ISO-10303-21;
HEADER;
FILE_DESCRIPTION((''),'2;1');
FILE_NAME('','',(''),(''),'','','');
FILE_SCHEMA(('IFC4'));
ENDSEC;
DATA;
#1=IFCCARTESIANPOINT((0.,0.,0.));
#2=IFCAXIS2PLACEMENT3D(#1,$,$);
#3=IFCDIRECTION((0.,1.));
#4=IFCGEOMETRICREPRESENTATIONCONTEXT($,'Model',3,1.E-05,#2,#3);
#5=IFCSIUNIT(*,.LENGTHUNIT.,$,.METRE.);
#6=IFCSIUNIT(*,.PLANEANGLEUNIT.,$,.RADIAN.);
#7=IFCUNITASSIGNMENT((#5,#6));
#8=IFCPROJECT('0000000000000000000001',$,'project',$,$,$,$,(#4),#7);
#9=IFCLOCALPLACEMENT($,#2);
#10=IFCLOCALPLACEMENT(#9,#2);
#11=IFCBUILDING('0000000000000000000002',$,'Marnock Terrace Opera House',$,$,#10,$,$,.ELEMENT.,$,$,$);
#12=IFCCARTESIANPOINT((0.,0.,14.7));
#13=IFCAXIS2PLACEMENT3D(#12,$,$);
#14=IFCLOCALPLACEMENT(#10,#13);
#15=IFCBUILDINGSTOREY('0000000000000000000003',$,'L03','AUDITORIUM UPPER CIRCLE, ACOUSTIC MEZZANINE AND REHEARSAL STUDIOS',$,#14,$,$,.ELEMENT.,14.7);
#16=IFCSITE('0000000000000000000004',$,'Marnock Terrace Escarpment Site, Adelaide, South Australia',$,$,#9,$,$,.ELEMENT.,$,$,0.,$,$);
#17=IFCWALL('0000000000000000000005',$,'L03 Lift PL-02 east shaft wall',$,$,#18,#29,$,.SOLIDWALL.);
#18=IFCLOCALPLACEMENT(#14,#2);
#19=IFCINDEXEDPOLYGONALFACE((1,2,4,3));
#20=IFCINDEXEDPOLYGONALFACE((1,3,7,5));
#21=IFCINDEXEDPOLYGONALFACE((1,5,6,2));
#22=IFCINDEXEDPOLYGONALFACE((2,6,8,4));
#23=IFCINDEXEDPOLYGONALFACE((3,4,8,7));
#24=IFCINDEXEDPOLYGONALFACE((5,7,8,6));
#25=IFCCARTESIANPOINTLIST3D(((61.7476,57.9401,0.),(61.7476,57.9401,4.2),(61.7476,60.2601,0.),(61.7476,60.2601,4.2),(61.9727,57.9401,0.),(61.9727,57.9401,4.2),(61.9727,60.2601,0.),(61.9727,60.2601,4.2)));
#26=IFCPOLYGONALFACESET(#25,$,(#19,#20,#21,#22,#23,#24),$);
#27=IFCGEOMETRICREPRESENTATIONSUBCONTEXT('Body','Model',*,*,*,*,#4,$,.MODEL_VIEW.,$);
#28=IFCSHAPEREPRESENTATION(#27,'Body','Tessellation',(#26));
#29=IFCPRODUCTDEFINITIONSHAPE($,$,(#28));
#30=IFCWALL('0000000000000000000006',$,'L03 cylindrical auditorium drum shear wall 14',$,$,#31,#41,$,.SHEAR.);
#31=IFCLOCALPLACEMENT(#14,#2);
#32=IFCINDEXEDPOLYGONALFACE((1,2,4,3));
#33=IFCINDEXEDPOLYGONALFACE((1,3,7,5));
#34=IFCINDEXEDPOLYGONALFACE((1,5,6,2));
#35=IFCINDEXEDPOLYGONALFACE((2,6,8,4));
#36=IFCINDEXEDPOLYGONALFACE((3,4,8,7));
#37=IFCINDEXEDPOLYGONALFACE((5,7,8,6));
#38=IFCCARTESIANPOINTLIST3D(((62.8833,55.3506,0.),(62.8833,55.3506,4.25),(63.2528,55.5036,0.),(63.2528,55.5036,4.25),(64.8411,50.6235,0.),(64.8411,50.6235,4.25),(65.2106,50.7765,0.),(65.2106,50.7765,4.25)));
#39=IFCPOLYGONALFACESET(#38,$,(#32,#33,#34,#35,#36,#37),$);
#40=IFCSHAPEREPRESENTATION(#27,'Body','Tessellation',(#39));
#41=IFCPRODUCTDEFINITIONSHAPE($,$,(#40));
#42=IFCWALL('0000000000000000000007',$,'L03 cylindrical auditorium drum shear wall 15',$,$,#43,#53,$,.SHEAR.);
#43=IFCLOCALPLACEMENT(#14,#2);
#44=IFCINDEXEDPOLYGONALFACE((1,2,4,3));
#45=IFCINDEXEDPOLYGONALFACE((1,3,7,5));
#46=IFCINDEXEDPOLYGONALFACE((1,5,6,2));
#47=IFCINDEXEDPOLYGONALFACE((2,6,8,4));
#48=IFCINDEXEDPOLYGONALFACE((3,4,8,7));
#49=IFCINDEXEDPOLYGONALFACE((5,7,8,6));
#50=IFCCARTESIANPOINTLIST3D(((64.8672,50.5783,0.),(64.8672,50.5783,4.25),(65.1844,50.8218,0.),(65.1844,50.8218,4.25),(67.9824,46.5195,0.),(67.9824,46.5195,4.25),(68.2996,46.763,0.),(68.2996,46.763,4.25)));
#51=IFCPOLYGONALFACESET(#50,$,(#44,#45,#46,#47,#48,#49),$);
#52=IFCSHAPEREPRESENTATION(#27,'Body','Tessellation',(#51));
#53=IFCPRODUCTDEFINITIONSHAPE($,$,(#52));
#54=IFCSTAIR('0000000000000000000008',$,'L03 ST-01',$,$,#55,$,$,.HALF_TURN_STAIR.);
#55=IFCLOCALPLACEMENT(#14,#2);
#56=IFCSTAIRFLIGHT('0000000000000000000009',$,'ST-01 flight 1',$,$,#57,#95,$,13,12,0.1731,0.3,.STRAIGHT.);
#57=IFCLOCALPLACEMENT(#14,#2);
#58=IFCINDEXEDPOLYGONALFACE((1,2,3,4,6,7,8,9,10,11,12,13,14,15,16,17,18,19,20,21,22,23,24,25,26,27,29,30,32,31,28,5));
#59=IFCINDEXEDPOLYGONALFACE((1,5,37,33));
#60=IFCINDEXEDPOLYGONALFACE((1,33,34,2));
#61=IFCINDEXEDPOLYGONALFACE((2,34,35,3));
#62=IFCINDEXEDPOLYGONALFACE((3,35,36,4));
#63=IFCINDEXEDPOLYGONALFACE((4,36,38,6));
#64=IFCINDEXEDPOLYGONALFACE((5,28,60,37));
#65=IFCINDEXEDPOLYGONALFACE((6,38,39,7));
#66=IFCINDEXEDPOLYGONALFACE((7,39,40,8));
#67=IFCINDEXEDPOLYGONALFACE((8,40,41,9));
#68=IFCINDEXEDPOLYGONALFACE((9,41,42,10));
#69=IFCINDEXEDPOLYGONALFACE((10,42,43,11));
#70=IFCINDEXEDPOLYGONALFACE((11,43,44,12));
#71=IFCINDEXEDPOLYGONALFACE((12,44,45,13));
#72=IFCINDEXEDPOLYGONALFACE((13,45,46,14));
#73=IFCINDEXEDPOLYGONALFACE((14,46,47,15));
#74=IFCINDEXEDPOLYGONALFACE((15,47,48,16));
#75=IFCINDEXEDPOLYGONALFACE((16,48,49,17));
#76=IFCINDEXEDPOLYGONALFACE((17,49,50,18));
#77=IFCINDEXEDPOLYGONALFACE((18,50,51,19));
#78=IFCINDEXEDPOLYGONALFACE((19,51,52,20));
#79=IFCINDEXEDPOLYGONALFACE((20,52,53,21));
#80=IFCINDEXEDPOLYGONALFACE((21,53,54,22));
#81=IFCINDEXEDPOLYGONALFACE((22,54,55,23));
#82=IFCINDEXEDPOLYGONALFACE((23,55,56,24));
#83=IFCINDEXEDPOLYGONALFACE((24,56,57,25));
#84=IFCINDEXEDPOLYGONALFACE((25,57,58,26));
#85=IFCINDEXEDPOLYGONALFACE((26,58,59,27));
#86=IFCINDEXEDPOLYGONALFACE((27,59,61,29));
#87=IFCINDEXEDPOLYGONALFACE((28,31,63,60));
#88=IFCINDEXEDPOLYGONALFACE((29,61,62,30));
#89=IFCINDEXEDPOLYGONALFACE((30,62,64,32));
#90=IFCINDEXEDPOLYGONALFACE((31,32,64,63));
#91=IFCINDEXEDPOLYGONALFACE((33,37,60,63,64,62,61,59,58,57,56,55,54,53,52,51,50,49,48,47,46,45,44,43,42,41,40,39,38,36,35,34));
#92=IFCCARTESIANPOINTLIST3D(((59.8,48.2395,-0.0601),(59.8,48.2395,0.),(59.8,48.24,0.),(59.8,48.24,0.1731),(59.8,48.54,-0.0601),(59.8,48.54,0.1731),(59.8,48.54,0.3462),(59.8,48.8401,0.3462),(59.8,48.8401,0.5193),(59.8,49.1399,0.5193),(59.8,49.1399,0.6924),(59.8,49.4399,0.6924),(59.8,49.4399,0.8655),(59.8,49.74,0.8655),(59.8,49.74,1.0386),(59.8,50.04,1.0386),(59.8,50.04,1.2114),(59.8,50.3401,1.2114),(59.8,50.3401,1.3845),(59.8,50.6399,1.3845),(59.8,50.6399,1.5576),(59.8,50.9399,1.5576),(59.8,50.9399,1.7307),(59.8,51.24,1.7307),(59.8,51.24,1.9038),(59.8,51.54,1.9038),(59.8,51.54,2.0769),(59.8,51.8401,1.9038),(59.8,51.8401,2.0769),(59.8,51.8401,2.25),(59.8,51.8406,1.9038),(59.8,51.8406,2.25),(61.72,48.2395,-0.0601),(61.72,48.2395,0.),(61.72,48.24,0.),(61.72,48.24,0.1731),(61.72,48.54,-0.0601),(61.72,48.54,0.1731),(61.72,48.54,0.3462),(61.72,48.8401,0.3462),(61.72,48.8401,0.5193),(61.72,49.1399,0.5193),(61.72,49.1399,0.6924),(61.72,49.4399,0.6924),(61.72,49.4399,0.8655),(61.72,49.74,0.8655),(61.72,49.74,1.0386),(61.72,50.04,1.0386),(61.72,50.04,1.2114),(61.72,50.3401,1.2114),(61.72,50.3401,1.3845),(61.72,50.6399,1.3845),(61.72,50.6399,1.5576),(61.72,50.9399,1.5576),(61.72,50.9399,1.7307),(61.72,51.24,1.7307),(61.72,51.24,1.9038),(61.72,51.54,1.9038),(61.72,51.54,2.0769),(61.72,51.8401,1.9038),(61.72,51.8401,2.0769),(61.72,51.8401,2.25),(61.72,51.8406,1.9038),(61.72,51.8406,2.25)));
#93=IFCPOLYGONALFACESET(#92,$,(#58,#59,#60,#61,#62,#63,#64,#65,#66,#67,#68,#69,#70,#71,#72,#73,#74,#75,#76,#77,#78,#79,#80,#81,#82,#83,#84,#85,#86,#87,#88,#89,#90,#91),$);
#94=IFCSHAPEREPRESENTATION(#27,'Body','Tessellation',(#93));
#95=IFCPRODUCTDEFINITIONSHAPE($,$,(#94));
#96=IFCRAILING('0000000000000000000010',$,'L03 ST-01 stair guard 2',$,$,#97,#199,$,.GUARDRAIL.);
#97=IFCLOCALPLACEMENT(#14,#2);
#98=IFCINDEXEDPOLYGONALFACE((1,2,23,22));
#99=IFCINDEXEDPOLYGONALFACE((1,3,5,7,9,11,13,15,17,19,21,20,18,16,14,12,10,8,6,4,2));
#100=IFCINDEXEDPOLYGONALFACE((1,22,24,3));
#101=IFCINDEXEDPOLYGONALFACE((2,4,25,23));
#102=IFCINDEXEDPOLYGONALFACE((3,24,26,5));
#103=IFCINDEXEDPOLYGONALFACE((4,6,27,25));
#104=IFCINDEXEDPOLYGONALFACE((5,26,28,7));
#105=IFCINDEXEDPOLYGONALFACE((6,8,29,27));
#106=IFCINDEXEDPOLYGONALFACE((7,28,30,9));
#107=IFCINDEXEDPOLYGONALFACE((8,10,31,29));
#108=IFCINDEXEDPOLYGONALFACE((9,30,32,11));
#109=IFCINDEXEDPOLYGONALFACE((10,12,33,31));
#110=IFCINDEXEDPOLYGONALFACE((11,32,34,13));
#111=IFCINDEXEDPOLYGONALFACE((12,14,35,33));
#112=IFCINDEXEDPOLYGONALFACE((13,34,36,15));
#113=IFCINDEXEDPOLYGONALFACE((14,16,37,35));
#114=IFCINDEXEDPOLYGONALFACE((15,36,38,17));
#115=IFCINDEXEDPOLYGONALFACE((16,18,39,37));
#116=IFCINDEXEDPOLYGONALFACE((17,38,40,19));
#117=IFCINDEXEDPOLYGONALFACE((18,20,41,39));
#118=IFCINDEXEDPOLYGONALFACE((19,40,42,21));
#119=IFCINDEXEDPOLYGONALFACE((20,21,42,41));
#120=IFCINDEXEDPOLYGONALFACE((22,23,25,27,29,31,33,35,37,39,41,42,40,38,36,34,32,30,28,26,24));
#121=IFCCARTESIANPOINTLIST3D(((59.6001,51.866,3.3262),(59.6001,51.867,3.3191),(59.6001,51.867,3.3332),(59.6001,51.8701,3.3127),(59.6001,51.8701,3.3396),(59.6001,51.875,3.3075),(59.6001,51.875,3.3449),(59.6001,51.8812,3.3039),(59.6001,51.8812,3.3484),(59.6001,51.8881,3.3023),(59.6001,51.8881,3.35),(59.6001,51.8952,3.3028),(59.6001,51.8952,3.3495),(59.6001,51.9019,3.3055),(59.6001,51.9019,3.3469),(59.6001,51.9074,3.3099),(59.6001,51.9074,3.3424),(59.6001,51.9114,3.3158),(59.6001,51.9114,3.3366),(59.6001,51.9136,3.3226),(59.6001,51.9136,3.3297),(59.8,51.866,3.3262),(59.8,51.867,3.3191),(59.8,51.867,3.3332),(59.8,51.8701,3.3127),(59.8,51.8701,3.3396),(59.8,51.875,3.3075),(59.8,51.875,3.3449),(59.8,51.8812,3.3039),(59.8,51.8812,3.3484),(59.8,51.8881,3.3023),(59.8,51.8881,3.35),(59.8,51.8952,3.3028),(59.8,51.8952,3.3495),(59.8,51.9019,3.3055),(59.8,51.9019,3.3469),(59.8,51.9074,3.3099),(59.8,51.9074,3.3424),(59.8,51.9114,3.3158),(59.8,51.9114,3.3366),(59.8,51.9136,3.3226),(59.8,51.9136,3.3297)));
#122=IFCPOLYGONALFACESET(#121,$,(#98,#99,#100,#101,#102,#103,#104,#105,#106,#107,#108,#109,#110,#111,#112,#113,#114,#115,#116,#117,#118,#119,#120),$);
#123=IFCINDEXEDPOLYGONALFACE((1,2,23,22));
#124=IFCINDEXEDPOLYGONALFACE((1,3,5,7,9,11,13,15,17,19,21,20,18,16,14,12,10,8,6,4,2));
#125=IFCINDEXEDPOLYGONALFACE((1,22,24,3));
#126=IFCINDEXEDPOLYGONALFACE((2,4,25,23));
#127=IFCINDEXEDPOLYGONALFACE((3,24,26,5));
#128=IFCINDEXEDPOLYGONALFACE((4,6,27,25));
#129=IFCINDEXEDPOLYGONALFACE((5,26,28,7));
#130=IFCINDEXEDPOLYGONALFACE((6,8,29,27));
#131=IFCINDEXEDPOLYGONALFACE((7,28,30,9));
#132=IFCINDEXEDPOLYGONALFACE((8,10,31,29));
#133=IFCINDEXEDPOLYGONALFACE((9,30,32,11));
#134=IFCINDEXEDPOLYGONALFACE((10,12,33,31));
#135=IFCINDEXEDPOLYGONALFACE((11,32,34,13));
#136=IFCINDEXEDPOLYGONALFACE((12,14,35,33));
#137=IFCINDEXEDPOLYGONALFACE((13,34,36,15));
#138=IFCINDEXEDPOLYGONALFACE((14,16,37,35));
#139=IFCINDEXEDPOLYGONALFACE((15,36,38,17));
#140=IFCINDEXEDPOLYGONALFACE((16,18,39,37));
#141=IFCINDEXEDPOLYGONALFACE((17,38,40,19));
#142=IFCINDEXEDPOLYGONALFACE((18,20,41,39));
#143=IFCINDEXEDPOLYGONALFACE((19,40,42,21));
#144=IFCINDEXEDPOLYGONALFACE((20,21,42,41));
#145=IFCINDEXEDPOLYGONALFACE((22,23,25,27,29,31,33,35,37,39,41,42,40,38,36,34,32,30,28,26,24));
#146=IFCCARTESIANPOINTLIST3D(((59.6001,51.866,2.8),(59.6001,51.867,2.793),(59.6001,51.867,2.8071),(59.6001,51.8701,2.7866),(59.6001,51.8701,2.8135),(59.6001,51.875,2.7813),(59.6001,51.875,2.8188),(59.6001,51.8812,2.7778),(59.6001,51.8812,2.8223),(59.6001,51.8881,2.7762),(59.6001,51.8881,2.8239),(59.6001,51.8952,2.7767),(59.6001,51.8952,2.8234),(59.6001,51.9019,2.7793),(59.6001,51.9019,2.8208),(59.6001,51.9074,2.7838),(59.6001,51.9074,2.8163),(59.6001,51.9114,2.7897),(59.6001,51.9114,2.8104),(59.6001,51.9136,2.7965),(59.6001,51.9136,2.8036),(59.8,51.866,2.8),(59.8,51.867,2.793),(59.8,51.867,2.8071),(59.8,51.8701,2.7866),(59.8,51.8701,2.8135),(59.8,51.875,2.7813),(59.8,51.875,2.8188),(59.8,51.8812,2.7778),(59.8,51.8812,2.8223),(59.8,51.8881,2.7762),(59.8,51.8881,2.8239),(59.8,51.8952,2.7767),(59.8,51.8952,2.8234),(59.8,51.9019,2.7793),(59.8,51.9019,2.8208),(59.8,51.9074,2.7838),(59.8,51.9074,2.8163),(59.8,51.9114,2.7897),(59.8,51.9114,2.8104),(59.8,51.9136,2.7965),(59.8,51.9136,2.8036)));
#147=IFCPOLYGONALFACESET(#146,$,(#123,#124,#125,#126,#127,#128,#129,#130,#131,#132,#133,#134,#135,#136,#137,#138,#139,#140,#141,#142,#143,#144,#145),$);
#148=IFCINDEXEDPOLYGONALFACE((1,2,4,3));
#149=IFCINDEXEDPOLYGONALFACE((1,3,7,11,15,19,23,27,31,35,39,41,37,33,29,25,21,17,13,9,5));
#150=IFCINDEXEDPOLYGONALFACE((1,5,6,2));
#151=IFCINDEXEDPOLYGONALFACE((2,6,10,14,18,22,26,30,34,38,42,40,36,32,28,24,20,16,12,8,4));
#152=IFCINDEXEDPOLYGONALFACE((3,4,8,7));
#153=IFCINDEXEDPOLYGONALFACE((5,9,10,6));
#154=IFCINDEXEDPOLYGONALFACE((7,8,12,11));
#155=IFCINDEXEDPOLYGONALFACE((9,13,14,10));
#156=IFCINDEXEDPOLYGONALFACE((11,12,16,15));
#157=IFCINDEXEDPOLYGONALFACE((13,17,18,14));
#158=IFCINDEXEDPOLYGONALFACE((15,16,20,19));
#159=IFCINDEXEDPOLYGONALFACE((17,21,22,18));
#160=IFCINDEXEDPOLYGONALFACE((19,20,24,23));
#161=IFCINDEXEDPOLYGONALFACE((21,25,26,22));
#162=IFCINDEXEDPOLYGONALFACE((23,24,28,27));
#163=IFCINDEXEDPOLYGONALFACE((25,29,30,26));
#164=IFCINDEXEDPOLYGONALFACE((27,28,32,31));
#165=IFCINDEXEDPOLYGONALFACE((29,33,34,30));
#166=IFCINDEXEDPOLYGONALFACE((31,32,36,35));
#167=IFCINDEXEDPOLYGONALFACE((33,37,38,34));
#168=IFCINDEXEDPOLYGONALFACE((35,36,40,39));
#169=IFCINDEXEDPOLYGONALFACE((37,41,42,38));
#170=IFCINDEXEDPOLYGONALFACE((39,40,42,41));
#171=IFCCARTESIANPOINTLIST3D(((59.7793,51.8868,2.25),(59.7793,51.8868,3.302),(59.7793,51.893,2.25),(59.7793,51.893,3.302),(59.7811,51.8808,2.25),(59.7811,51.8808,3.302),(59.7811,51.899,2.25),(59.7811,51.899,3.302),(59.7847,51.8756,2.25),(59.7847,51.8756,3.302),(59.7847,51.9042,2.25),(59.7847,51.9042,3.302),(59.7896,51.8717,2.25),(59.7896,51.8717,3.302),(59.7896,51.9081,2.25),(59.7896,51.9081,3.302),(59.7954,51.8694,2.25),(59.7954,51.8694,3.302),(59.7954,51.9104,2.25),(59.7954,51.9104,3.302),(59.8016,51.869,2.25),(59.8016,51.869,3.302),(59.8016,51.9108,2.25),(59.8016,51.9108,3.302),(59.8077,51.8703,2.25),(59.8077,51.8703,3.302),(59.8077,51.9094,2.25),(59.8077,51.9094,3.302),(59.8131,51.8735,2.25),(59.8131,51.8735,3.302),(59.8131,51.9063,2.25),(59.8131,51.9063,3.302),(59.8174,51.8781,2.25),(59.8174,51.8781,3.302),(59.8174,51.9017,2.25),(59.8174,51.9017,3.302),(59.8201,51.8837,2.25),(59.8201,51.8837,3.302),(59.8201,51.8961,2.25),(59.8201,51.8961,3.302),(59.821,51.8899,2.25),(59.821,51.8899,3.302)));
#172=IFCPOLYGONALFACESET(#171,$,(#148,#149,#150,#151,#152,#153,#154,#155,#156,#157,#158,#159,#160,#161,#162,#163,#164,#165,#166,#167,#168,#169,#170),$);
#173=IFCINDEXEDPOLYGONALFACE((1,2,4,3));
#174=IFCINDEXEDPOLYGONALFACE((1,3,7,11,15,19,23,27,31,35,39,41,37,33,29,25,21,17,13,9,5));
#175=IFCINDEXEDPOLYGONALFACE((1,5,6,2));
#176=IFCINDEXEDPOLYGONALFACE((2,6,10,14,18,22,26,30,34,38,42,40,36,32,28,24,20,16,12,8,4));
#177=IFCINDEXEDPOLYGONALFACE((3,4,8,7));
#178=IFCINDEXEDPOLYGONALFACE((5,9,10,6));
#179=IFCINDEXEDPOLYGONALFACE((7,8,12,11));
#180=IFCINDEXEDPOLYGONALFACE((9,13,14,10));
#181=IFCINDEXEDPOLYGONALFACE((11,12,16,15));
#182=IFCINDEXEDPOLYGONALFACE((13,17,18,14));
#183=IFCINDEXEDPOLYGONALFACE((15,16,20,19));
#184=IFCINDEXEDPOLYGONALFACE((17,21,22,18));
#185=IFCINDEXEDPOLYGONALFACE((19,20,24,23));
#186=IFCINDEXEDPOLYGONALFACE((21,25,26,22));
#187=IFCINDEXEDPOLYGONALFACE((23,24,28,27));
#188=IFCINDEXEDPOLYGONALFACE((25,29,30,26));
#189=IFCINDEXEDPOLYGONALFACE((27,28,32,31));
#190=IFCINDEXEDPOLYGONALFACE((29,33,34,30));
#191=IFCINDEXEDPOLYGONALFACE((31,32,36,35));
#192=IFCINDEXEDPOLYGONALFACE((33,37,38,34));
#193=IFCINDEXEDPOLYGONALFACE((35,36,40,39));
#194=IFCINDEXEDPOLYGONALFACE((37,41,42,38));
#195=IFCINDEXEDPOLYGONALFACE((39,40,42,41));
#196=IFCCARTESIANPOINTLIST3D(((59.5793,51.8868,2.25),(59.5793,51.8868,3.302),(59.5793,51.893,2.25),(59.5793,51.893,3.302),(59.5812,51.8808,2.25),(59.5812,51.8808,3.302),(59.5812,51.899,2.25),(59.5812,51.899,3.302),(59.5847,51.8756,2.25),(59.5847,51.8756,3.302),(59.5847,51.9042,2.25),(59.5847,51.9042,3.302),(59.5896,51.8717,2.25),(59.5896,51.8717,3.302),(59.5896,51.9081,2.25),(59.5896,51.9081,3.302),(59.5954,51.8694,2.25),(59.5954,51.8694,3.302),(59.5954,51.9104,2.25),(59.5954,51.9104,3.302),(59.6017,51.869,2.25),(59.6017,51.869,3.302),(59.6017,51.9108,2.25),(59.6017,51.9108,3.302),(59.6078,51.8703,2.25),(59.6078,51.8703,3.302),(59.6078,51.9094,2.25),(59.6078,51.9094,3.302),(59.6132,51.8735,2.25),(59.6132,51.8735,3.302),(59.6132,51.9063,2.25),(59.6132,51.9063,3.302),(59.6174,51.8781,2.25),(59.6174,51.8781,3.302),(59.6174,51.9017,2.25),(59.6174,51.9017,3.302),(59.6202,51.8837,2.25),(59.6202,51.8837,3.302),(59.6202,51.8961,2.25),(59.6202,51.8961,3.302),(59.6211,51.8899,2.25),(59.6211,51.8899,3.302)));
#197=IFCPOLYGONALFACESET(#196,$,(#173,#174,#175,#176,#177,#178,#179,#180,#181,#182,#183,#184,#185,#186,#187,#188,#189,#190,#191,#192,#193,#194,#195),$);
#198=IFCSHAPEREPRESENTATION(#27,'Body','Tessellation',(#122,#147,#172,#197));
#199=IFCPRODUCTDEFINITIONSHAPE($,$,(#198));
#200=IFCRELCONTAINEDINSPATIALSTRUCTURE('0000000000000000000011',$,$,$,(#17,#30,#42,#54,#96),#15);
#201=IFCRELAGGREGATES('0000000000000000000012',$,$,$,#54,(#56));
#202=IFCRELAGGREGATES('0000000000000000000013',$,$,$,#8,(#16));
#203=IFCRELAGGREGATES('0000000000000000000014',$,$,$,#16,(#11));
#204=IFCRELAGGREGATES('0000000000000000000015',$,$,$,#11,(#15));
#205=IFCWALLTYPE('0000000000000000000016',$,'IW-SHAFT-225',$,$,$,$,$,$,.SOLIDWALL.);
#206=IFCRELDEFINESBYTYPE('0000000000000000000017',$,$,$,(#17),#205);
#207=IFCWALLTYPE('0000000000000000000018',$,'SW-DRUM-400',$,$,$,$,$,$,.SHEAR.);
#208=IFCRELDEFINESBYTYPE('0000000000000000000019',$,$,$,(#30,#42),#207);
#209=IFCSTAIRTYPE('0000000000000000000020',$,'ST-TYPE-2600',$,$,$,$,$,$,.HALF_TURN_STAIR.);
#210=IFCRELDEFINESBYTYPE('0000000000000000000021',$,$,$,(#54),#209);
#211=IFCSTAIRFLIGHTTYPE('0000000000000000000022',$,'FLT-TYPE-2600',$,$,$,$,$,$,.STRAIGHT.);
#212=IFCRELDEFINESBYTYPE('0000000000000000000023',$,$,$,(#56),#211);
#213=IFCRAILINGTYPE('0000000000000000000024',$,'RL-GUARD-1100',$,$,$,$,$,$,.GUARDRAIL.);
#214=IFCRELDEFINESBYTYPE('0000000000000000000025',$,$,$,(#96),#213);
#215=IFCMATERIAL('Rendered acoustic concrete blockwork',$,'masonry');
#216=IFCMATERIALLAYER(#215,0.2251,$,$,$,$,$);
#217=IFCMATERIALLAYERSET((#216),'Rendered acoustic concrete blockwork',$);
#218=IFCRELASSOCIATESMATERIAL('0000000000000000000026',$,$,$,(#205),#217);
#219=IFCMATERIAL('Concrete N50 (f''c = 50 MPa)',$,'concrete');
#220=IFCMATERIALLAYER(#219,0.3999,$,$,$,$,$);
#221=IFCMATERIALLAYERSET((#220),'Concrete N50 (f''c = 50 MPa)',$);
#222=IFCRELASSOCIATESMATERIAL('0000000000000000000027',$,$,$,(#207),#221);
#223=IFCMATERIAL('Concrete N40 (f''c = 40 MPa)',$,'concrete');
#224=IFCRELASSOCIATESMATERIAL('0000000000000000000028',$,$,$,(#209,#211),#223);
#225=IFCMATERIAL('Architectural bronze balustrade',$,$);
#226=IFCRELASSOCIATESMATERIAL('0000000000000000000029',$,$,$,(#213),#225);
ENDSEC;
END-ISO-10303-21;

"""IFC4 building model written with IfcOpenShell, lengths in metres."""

from ifc_helpers import new_model, si_unit, direction, frame, frame_2d, origin, origin_2d, place, context, subcontext, project, spatial, polyline, rectangle, circle, outline, extrude, material, layer, layer_set, type_object, element, aggregate, save


model = new_model("IFC4")

# Units and contexts
model_context = context("Model", 3, precision=1e-05, world=origin(), true_north=direction((0.0, 1.0)))
body_context = subcontext(model_context, "Body", "Model", "MODEL_VIEW")
ifc_project = project(units=[si_unit("LENGTHUNIT", "METRE"), si_unit("PLANEANGLEUNIT", "RADIAN")], contexts=[model_context])

# Site, building, storey
site_placement = place(None, origin())
site = spatial("IfcSite", under=ifc_project, at=site_placement, Name="Marnock Terrace Escarpment Site, Adelaide, South Australia", CompositionType="ELEMENT", RefElevation=0.0)
building_placement = place(site_placement, origin())
building = spatial("IfcBuilding", under=site, at=building_placement, Name="Marnock Terrace Opera House", CompositionType="ELEMENT")
storey_placement = place(building_placement, frame((0.0, 0.0, 14.7)))
storey = spatial("IfcBuildingStorey", under=building, at=storey_placement, Name="L03", Description="AUDITORIUM UPPER CIRCLE, ACOUSTIC MEZZANINE AND REHEARSAL STUDIOS", CompositionType="ELEMENT", Elevation=14.7)

# Shared definitions
ifc_material_1 = material(Name="Concrete N50 (f'c = 50 MPa)", Category="concrete")
ifc_material_2 = material(Name="Concrete N40 (f'c = 40 MPa)", Category="concrete")

# Walls
ifc_material_3 = material(Name="Rendered acoustic concrete blockwork", Category="masonry")
ifc_layer_1 = layer(ifc_material_3, 0.2251)
ifc_layer_set_1 = layer_set([ifc_layer_1], Name="Rendered acoustic concrete blockwork")
wall_type_1 = type_object("IfcWallType", Name="IW-SHAFT-225", PredefinedType="SOLIDWALL", material=ifc_layer_set_1)
wall_placement = place(storey_placement, frame((61.8601, 57.9399, 0.0), z_axis=(0.0, 0.0, 1.0), x_axis=(0.0, 1.0, 0.0)))
element("IfcWall", 1, at=wall_placement, inside=storey, type_object=wall_type_1, Name="L03 Lift PL-02 east shaft wall", PredefinedType="SOLIDWALL", context=body_context, shape_type="SweptSolid", body=[
    extrude(rectangle(XDim=2.3201, YDim=0.2251, at=frame_2d((1.1602, 0.0))), origin(), (0.0, 0.0, 1.0), 4.2),
])
ifc_layer_2 = layer(ifc_material_1, 0.3999)
ifc_layer_set_2 = layer_set([ifc_layer_2], Name="Concrete N50 (f'c = 50 MPa)")
wall_type_2 = type_object("IfcWallType", Name="SW-DRUM-400", PredefinedType="SHEAR", material=ifc_layer_set_2)
for number, where, z_axis, x_axis, name in (
    (2, (63.0681, 55.427, 0.0), (0.0, 0.0, 1.0), (0.382643, -0.923896, 0.0), "L03 cylindrical auditorium drum shear wall 14"),
    (3, (65.0259, 50.7, 0.0), (0.0, 0.0, 1.0), (0.608857, -0.79328, 0.0), "L03 cylindrical auditorium drum shear wall 15"),
):
    element("IfcWall", number, at=place(storey_placement, frame(where, z_axis=z_axis, x_axis=x_axis)), inside=storey, type_object=wall_type_2, Name=name, PredefinedType="SHEAR", context=body_context, shape_type="SweptSolid", body=[
        extrude(rectangle(XDim=5.1165, YDim=0.3999, at=frame_2d((2.5581, 0.0))), origin(), (0.0, 0.0, 1.0), 4.25),
    ])

# Stair, stair flight
stair_type = type_object("IfcStairType", Name="ST-TYPE-2600", PredefinedType="HALF_TURN_STAIR", material=ifc_material_2)
stair_placement = place(storey_placement, origin())
stair = element("IfcStair", 4, at=stair_placement, inside=storey, type_object=stair_type, Name="L03 ST-01", PredefinedType="HALF_TURN_STAIR")
stair_flight_type = type_object("IfcStairFlightType", Name="FLT-TYPE-2600", PredefinedType="STRAIGHT", material=ifc_material_2)
stair_flight_placement = place(storey_placement, frame((60.76, 48.24, 0.0), z_axis=(0.0, 0.0, 1.0), x_axis=(0.0, 1.0, 0.0)))
stair_flight = element("IfcStairFlight", 5, at=stair_flight_placement, type_object=stair_flight_type, Name="ST-01 flight 1", NumberOfRisers=13, NumberOfTreads=12, PredefinedType="STRAIGHT", RiserHeight=0.1731, TreadLength=0.3, context=body_context, shape_type="SweptSolid", body=[
    extrude(outline(polyline([(-0.0005, -0.0601), (-0.0005, 0.0), (0.0, 0.0), (0.0, 0.1731), (0.3, 0.1731), (0.3, 0.3462), (0.6001, 0.3462), (0.6001, 0.5193), (0.8999, 0.5193), (0.8999, 0.6924), (1.2, 0.6924), (1.2, 0.8655), (1.5, 0.8655), (1.5, 1.0386), (1.8, 1.0386), (1.8, 1.2114), (2.1001, 1.2114), (2.1001, 1.3845), (2.3999, 1.3845), (2.3999, 1.5576), (2.7, 1.5576), (2.7, 1.7307), (3.0, 1.7307), (3.0, 1.9038), (3.3, 1.9038), (3.3, 2.0769), (3.6001, 2.0769), (3.6001, 2.25), (3.6006, 2.25), (3.6006, 1.9038), (3.6001, 1.9038), (0.3, -0.0601), (-0.0005, -0.0601)])), frame((0.0, 0.96, 0.0), z_axis=(0.0, -1.0, 0.0), x_axis=(1.0, 0.0, 0.0)), (0.0, 0.0, 1.0), 1.9199),
])
aggregate(stair, [stair_flight])

# Railing
ifc_material_4 = material(Name="Architectural bronze balustrade")
railing_type_1 = type_object("IfcRailingType", Name="RL-GUARD-1100", PredefinedType="GUARDRAIL", material=ifc_material_4)
railing_1_placement = place(storey_placement, frame((59.8, 51.8899, 2.25)))
element("IfcRailing", 6, at=railing_1_placement, inside=storey, type_object=railing_type_1, Name="L03 ST-01 stair guard 2", PredefinedType="GUARDRAIL", context=body_context, shape_type="SweptSolid", body=[
    extrude(circle(Radius=0.0239, at=origin_2d()), frame((0.0, 0.0, 1.0762), z_axis=(-1.0, 0.0, 0.0), x_axis=(0.0, -1.0, 0.0)), (0.0, 0.0, 1.0), 0.2),
    extrude(circle(Radius=0.0239, at=origin_2d()), frame((0.0, 0.0, 0.55), z_axis=(-1.0, 0.0, 0.0), x_axis=(0.0, -1.0, 0.0)), (0.0, 0.0, 1.0), 0.2),
    extrude(circle(Radius=0.021, at=origin_2d()), origin(), (0.0, 0.0, 1.0), 1.052),
    extrude(circle(Radius=0.021, at=origin_2d()), frame((-0.2, 0.0, 0.0)), (0.0, 0.0, 1.0), 1.052),
])

save(model, "model.ifc")
